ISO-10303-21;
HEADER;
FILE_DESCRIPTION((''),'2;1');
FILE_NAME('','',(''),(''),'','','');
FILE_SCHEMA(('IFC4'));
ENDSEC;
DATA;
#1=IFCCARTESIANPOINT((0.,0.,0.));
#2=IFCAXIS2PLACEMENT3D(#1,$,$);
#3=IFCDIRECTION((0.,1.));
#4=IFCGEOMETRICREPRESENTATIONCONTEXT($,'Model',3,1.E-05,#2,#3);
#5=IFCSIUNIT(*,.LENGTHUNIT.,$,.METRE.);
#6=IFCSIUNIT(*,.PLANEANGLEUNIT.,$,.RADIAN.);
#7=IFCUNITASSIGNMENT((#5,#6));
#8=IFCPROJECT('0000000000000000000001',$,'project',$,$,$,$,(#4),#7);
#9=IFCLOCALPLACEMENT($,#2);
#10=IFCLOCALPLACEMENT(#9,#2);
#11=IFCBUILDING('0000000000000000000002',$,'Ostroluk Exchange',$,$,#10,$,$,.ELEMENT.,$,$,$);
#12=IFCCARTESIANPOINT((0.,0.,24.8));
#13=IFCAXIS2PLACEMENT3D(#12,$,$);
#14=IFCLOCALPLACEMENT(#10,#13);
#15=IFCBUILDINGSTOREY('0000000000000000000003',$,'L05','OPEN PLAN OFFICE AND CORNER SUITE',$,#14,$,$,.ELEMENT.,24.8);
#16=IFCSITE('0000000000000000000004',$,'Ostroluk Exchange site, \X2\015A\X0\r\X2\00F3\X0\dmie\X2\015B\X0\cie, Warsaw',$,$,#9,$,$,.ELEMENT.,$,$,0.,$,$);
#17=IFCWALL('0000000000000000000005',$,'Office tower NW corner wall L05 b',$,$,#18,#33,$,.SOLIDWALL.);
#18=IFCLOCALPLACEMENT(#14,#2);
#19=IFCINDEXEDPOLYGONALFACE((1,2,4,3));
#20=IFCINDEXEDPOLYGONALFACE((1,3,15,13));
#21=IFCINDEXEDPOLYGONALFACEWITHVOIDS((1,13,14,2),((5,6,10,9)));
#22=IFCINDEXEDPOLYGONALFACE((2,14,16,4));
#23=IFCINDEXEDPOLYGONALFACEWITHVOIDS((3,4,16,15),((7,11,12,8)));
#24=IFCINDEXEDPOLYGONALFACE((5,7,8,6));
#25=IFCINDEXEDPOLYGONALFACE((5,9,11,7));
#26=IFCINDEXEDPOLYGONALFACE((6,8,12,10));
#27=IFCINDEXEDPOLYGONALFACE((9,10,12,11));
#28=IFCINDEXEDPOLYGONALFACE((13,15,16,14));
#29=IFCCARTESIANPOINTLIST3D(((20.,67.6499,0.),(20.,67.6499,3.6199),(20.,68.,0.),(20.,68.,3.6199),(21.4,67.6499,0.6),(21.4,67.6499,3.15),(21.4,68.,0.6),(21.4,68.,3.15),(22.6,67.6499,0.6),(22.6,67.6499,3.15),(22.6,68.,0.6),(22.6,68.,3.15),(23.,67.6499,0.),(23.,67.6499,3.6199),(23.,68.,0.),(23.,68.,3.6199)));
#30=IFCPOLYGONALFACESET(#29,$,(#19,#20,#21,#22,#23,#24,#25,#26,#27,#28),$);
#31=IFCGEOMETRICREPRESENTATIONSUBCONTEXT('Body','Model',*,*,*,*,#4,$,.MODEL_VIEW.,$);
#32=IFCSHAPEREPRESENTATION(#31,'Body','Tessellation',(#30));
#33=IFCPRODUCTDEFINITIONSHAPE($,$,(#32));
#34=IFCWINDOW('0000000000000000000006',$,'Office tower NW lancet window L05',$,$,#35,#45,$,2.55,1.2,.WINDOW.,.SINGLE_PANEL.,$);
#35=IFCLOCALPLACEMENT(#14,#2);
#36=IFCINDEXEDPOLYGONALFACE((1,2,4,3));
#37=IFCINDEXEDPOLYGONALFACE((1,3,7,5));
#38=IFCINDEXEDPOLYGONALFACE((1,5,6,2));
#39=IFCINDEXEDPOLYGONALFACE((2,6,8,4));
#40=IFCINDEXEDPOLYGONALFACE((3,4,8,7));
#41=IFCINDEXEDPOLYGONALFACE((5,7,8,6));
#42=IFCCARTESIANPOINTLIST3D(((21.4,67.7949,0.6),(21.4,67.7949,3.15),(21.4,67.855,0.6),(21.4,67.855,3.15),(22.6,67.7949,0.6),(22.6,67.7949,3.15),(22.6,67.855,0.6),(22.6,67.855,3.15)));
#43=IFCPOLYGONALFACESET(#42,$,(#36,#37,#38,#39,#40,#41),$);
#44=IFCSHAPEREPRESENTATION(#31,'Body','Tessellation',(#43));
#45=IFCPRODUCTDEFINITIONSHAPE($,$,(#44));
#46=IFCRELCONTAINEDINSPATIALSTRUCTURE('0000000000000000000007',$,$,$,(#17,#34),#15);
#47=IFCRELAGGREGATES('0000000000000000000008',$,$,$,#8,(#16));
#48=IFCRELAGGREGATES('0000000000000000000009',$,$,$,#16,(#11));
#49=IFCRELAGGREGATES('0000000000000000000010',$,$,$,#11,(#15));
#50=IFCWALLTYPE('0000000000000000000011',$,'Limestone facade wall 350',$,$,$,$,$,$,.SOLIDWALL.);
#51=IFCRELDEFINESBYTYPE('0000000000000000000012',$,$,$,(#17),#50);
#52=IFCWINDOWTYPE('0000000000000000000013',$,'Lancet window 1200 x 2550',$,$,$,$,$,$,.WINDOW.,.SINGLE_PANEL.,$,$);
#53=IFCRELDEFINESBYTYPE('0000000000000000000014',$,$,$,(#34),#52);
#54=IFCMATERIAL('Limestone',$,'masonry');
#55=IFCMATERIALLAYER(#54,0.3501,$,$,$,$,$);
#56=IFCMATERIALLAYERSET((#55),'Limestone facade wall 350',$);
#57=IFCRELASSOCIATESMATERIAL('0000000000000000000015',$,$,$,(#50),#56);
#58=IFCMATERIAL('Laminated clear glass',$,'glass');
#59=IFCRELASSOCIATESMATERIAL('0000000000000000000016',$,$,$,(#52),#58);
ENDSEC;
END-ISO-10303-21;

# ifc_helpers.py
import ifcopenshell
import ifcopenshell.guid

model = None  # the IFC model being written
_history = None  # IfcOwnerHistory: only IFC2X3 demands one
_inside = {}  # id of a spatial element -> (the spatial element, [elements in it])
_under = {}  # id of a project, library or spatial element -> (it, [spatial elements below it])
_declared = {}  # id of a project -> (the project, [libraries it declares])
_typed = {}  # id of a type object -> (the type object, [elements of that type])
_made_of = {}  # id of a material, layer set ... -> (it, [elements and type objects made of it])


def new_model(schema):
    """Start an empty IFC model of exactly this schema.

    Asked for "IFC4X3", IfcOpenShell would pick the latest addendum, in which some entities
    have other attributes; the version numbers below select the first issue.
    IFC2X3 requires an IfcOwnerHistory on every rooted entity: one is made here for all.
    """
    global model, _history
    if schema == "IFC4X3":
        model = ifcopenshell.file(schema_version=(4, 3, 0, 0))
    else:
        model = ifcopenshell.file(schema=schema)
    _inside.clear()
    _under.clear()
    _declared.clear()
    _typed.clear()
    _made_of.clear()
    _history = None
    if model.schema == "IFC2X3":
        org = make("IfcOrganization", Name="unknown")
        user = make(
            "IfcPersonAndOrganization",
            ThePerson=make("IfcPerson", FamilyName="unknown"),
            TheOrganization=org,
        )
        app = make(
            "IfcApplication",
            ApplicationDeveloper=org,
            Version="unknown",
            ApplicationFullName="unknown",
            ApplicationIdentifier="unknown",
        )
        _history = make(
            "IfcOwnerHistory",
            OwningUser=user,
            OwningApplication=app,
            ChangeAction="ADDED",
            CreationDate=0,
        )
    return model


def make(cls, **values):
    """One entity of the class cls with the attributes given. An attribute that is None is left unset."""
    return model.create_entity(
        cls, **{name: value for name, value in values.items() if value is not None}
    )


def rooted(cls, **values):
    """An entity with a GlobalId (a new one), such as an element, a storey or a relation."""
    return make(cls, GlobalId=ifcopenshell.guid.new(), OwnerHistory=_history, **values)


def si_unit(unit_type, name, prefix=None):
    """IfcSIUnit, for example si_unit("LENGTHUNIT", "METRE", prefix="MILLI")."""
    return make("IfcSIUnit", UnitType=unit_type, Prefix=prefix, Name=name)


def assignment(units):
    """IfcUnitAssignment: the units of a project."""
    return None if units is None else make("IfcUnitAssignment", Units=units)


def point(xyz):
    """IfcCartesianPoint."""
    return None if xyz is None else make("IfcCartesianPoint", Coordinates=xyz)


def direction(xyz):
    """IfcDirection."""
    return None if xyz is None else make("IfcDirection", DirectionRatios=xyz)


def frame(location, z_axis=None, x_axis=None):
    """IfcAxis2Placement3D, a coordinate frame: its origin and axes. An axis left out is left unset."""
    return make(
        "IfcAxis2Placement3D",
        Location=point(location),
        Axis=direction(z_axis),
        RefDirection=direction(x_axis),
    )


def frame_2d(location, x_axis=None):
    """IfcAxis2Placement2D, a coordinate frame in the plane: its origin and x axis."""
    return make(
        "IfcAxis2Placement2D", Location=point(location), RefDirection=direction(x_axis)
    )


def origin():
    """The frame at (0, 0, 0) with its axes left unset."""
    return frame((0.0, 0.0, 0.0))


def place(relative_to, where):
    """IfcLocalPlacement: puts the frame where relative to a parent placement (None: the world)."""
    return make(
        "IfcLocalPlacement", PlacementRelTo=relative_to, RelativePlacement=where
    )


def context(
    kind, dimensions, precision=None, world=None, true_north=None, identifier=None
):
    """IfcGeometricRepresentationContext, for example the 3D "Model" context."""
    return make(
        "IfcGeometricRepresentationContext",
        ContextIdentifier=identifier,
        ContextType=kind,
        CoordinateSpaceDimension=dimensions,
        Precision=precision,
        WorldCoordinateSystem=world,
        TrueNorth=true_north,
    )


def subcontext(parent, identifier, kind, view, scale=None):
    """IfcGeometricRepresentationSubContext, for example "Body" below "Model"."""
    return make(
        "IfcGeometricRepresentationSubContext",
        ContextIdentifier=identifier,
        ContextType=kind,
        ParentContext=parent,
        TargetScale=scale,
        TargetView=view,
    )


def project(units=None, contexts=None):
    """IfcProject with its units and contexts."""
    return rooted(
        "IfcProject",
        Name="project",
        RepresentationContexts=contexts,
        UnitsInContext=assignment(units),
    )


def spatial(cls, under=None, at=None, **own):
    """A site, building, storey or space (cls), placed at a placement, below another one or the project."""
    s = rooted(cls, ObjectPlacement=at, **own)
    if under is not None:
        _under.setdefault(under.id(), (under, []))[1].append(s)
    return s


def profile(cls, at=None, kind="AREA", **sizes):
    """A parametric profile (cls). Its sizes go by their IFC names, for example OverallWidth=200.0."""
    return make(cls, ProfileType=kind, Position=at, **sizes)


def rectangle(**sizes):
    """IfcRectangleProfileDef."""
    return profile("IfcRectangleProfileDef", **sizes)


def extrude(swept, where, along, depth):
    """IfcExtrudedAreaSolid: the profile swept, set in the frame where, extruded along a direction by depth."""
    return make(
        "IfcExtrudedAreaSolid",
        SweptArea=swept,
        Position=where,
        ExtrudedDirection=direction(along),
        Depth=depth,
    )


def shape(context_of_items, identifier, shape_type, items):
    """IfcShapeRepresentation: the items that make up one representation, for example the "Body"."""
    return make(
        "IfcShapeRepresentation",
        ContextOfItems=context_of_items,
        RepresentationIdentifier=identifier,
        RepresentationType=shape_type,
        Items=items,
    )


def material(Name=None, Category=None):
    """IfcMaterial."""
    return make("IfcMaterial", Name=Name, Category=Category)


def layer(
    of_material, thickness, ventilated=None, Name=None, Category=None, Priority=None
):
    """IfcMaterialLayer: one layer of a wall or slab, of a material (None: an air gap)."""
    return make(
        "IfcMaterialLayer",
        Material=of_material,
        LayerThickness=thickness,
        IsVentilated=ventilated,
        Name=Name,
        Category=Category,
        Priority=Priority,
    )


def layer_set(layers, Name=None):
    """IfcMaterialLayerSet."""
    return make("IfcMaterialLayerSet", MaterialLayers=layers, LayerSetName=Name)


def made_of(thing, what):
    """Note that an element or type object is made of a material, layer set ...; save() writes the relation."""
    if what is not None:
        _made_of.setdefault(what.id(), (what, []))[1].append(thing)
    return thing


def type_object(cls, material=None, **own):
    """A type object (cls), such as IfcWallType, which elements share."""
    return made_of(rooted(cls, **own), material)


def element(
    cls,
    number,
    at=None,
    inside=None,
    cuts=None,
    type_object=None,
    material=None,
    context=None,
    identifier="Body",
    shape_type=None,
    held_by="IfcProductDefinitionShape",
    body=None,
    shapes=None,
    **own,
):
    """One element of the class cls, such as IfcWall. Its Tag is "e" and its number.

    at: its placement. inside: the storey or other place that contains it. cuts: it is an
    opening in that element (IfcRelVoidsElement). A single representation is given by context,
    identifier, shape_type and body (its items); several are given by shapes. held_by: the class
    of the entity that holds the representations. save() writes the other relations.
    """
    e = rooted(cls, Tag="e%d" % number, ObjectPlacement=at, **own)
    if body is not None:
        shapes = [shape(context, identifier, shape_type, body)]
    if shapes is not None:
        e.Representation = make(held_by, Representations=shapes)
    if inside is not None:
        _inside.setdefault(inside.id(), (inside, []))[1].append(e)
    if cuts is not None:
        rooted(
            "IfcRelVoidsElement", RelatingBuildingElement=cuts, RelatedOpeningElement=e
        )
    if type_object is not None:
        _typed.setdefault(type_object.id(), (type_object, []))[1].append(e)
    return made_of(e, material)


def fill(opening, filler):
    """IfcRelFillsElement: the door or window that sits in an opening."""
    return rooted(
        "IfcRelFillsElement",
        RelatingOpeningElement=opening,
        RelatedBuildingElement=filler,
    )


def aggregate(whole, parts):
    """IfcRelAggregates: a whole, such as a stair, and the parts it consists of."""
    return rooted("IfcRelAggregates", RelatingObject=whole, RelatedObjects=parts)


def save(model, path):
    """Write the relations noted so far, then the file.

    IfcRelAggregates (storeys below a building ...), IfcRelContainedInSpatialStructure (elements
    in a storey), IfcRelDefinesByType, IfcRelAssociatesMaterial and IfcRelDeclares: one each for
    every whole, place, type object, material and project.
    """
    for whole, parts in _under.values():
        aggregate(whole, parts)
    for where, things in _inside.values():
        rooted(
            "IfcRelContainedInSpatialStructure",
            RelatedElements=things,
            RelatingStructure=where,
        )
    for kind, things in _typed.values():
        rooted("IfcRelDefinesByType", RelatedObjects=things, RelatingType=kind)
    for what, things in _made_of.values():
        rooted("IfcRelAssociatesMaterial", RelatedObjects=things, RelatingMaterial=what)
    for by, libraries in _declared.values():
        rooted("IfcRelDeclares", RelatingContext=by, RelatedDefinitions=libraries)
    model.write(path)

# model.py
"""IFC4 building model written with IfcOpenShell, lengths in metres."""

from ifc_helpers import new_model, si_unit, direction, frame, frame_2d, origin, place, context, subcontext, project, spatial, rectangle, extrude, material, layer, layer_set, type_object, element, fill, save


model = new_model("IFC4")

# Units and contexts
model_context = context("Model", 3, precision=1e-05, world=origin(), true_north=direction((0.0, 1.0)))
body_context = subcontext(model_context, "Body", "Model", "MODEL_VIEW")
ifc_project = project(units=[si_unit("LENGTHUNIT", "METRE"), si_unit("PLANEANGLEUNIT", "RADIAN")], contexts=[model_context])

# Site, building, storey
site_placement = place(None, origin())
site = spatial("IfcSite", under=ifc_project, at=site_placement, Name="Ostroluk Exchange site, Śródmieście, Warsaw", CompositionType="ELEMENT", RefElevation=0.0)
building_placement = place(site_placement, origin())
building = spatial("IfcBuilding", under=site, at=building_placement, Name="Ostroluk Exchange", CompositionType="ELEMENT")
storey_placement = place(building_placement, frame((0.0, 0.0, 24.8)))
storey = spatial("IfcBuildingStorey", under=building, at=storey_placement, Name="L05", Description="OPEN PLAN OFFICE AND CORNER SUITE", CompositionType="ELEMENT", Elevation=24.8)

# Shared definitions
ifc_material_1 = material(Name="Limestone", Category="masonry")
ifc_layer_1 = layer(ifc_material_1, 0.3501)
ifc_layer_set_1 = layer_set([ifc_layer_1], Name="Limestone facade wall 350")
wall_type = type_object("IfcWallType", Name="Limestone facade wall 350", PredefinedType="SOLIDWALL", material=ifc_layer_set_1)

# Wall, opening, window
wall_1_placement = place(storey_placement, frame((23.0, 67.825, 0.0), z_axis=(0.0, 0.0, 1.0), x_axis=(-1.0, 0.0, 0.0)))
wall_1 = element("IfcWall", 1, at=wall_1_placement, inside=storey, type_object=wall_type, Name="Office tower NW corner wall L05 b", PredefinedType="SOLIDWALL", context=body_context, shape_type="SweptSolid", body=[
    extrude(rectangle(XDim=3.0, YDim=0.3501, at=frame_2d((1.5, 0.0))), origin(), (0.0, 0.0, 1.0), 3.6199),
])
opening_1_placement = place(wall_1_placement, frame((0.3999, 0.0, 0.6001)))
opening_1 = element("IfcOpeningElement", 2, at=opening_1_placement, cuts=wall_1, PredefinedType="OPENING", context=body_context, shape_type="SweptSolid", body=[
    extrude(rectangle(XDim=1.2, YDim=2.55, at=frame_2d((0.6001, 1.2749))), frame((0.0, 0.1851, 0.0), z_axis=(0.0, -1.0, 0.0), x_axis=(1.0, 0.0, 0.0)), (0.0, 0.0, 1.0), 0.3701),
])
ifc_material_2 = material(Name="Laminated clear glass", Category="glass")
window_type = type_object("IfcWindowType", Name="Lancet window 1200 x 2550", PartitioningType="SINGLE_PANEL", PredefinedType="WINDOW", material=ifc_material_2)
window_placement = place(opening_1_placement, origin())
window = element("IfcWindow", 3, at=window_placement, inside=storey, type_object=window_type, Name="Office tower NW lancet window L05", OverallHeight=2.55, OverallWidth=1.2, PartitioningType="SINGLE_PANEL", PredefinedType="WINDOW", context=body_context, shape_type="SweptSolid", body=[
    extrude(rectangle(XDim=1.2, YDim=2.55, at=frame_2d((0.6001, 1.2749))), frame((0.0, 0.03, 0.0), z_axis=(0.0, -1.0, 0.0), x_axis=(1.0, 0.0, 0.0)), (0.0, 0.0, 1.0), 0.0601),
])
fill(opening_1, window)

save(model, "model.ifc")
